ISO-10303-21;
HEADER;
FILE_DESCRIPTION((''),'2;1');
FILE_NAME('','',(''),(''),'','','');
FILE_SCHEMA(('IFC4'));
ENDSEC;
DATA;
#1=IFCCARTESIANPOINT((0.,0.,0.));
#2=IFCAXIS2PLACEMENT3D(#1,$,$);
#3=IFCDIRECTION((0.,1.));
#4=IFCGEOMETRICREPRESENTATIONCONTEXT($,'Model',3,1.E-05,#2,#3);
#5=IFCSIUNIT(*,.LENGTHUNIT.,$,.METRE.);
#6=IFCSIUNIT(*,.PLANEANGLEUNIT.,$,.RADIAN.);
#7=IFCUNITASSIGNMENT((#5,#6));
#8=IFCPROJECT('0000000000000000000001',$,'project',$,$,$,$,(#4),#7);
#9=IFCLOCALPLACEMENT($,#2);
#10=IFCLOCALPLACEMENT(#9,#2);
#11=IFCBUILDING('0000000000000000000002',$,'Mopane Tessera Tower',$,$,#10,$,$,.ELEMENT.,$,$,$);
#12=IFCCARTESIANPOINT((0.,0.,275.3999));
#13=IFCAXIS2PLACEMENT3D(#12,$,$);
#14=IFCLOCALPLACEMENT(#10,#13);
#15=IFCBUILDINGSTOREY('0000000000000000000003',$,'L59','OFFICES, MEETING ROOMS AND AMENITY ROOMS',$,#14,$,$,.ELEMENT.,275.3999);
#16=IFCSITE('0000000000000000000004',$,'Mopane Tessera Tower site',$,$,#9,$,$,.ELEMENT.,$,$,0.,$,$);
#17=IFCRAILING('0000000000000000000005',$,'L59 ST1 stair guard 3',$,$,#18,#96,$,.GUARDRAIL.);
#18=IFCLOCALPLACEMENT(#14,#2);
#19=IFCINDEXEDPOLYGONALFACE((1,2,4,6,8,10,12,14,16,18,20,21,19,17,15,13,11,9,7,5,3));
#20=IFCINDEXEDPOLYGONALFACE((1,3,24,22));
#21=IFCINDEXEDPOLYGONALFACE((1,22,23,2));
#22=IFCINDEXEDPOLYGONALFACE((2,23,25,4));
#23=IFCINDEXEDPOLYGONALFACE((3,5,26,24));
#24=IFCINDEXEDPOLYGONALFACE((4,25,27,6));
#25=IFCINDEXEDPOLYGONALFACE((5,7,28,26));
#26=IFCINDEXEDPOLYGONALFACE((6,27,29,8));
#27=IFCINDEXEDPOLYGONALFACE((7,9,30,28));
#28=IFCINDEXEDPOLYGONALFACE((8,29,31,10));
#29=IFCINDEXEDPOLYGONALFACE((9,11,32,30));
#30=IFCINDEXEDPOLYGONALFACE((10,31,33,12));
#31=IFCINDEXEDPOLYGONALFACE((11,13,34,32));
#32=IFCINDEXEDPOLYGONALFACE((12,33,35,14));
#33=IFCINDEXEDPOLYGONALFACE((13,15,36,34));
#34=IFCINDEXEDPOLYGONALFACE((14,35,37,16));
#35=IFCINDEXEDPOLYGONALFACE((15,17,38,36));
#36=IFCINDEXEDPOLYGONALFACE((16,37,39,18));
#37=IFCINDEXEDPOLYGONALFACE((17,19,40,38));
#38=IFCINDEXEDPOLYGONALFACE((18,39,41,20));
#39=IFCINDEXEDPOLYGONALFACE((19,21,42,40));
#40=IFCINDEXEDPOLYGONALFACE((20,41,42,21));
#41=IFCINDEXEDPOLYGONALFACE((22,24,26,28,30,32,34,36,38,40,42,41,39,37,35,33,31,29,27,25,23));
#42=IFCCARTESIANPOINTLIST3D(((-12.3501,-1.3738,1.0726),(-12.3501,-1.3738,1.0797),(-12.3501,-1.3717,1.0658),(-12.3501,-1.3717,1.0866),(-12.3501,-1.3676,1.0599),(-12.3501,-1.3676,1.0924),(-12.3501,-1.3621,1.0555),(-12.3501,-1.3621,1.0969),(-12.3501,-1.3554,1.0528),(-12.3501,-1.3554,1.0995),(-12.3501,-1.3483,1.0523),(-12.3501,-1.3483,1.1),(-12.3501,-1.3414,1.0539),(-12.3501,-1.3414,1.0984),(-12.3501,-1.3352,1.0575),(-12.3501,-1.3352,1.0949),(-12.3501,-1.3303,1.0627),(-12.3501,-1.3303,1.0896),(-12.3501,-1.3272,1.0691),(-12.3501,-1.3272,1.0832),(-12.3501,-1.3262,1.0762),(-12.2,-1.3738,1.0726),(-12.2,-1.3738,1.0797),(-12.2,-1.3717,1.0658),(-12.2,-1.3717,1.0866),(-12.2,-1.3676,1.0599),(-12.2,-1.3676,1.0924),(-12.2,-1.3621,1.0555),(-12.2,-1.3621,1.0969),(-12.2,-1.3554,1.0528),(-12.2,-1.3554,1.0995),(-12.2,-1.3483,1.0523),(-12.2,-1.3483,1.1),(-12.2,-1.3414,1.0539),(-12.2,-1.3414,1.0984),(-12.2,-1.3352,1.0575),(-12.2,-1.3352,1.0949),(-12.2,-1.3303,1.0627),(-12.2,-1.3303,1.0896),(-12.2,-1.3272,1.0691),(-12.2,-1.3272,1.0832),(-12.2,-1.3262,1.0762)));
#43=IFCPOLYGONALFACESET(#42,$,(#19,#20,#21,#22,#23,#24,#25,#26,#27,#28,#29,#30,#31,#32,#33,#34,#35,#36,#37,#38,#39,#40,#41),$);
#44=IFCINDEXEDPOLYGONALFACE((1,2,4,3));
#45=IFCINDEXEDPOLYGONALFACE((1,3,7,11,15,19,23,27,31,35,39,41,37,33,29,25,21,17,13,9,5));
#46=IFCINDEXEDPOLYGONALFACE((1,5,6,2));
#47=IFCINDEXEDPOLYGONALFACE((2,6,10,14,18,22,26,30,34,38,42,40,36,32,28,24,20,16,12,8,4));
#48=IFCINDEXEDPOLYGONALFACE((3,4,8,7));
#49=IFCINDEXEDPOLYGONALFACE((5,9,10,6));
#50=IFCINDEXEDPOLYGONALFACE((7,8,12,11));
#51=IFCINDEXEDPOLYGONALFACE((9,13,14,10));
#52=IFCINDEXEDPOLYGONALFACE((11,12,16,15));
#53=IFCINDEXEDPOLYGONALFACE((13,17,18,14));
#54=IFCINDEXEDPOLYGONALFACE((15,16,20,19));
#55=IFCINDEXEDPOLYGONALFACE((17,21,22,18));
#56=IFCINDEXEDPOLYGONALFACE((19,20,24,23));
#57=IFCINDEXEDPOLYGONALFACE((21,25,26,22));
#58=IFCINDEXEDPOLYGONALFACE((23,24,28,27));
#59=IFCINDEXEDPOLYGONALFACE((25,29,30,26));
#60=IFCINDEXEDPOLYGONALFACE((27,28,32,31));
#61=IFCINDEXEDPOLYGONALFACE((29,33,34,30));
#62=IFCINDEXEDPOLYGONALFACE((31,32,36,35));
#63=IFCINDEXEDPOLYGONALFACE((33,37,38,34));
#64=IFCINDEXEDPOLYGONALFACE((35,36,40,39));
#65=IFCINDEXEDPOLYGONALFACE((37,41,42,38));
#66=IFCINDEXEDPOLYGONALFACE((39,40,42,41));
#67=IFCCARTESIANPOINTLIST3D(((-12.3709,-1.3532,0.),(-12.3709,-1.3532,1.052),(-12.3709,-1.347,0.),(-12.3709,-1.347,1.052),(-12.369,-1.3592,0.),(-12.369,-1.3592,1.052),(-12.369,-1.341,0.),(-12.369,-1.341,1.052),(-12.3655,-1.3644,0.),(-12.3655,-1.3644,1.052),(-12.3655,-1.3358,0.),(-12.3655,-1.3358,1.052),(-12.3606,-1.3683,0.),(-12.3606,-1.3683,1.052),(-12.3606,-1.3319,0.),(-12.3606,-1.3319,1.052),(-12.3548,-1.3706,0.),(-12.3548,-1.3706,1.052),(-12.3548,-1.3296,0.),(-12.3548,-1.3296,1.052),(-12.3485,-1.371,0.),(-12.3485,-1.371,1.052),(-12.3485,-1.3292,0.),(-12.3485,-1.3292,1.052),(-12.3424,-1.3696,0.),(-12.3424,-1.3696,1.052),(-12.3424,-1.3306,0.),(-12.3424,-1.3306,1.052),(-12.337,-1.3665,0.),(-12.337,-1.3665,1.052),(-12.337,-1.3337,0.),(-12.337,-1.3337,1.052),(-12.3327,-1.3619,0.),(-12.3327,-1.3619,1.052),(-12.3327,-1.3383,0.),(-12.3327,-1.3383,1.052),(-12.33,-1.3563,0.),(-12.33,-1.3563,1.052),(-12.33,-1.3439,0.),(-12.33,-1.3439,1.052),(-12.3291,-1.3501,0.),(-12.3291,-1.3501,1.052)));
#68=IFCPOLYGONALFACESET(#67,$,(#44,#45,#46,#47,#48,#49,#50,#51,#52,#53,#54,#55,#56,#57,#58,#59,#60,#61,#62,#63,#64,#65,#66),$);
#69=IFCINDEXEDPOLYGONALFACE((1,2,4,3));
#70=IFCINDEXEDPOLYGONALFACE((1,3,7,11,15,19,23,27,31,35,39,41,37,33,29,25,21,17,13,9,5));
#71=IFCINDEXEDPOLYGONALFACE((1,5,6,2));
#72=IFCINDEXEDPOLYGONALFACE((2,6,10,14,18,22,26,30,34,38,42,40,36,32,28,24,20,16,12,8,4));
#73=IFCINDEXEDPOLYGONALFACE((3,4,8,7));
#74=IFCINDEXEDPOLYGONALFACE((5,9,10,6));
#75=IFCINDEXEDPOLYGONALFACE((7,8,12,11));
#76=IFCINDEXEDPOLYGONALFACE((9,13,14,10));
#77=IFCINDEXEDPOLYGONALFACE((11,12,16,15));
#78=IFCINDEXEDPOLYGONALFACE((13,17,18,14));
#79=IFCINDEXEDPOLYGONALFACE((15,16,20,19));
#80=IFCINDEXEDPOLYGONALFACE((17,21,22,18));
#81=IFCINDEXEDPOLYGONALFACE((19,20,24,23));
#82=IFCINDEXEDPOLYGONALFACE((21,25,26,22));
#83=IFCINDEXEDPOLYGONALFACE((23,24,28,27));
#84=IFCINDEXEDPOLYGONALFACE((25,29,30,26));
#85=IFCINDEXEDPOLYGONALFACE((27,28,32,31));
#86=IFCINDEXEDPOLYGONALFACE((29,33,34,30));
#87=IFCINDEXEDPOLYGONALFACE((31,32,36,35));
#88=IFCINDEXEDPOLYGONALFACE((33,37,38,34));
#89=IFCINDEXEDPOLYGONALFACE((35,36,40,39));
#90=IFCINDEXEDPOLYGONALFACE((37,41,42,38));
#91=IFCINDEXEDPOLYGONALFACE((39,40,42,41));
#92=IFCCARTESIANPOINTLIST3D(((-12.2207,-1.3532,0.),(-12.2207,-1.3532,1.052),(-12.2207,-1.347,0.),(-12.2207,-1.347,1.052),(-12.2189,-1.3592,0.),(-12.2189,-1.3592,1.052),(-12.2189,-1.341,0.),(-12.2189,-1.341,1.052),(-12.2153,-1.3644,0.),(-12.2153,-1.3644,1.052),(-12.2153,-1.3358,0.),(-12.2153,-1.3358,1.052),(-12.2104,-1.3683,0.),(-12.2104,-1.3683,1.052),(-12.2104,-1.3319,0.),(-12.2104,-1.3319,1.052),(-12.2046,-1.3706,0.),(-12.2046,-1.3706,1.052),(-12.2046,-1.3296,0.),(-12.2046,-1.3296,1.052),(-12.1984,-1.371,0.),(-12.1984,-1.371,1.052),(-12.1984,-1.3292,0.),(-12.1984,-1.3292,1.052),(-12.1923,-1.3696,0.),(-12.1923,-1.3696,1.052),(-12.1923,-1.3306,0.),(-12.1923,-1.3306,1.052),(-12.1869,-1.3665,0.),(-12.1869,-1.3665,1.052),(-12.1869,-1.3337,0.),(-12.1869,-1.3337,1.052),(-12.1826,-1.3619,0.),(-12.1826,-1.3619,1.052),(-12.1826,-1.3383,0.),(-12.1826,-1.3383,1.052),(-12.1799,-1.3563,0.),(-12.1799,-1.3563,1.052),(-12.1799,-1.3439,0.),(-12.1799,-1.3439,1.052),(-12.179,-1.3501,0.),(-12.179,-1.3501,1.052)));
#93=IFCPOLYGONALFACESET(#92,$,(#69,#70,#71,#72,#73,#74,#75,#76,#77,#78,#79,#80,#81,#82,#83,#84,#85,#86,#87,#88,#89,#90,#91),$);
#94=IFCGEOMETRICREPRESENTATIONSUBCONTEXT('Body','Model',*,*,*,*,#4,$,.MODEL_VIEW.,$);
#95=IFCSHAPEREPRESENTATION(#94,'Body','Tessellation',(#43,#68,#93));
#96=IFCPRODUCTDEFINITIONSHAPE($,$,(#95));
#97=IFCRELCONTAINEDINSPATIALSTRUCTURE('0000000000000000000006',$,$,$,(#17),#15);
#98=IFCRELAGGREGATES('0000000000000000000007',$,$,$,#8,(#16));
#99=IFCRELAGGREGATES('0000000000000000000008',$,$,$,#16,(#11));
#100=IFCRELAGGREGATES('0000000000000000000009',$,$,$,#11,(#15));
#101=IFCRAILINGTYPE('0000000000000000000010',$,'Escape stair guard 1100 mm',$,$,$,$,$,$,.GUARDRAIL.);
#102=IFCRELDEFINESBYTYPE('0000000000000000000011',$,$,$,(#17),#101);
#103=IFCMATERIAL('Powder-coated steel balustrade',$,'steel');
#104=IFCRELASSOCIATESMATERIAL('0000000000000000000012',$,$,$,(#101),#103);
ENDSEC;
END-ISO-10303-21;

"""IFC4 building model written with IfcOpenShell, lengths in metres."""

from ifc_helpers import new_model, si_unit, direction, frame, origin, origin_2d, place, context, subcontext, project, spatial, circle, extrude, material, type_object, element, save


model = new_model("IFC4")

# Units and contexts
model_context = context("Model", 3, precision=1e-05, world=origin(), true_north=direction((0.0, 1.0)))
body_context = subcontext(model_context, "Body", "Model", "MODEL_VIEW")
ifc_project = project(units=[si_unit("LENGTHUNIT", "METRE"), si_unit("PLANEANGLEUNIT", "RADIAN")], contexts=[model_context])

# Site, building, storey
site_placement = place(None, origin())
site = spatial("IfcSite", under=ifc_project, at=site_placement, Name="Mopane Tessera Tower site", CompositionType="ELEMENT", RefElevation=0.0)
building_placement = place(site_placement, origin())
building = spatial("IfcBuilding", under=site, at=building_placement, Name="Mopane Tessera Tower", CompositionType="ELEMENT")
storey_placement = place(building_placement, frame((0.0, 0.0, 275.3999)))
storey = spatial("IfcBuildingStorey", under=building, at=storey_placement, Name="L59", Description="OFFICES, MEETING ROOMS AND AMENITY ROOMS", CompositionType="ELEMENT", Elevation=275.3999)

# Railing
ifc_material_1 = material(Name="Powder-coated steel balustrade", Category="steel")
railing_type_1 = type_object("IfcRailingType", Name="Escape stair guard 1100 mm", PredefinedType="GUARDRAIL", material=ifc_material_1)
railing_1_placement = place(storey_placement, frame((-12.3501, -1.3501, 0.0)))
element("IfcRailing", 1, at=railing_1_placement, inside=storey, type_object=railing_type_1, Name="L59 ST1 stair guard 3", PredefinedType="GUARDRAIL", context=body_context, shape_type="SweptSolid", body=[
    extrude(circle(Radius=0.0239, at=origin_2d()), frame((0.0, 0.0, 1.0762), z_axis=(1.0, 0.0, 0.0), x_axis=(0.0, 1.0, 0.0)), (0.0, 0.0, 1.0), 0.1501),
    extrude(circle(Radius=0.021, at=origin_2d()), origin(), (0.0, 0.0, 1.0), 1.052),
    extrude(circle(Radius=0.021, at=origin_2d()), frame((0.1501, 0.0, 0.0)), (0.0, 0.0, 1.0), 1.052),
])

save(model, "model.ifc")
